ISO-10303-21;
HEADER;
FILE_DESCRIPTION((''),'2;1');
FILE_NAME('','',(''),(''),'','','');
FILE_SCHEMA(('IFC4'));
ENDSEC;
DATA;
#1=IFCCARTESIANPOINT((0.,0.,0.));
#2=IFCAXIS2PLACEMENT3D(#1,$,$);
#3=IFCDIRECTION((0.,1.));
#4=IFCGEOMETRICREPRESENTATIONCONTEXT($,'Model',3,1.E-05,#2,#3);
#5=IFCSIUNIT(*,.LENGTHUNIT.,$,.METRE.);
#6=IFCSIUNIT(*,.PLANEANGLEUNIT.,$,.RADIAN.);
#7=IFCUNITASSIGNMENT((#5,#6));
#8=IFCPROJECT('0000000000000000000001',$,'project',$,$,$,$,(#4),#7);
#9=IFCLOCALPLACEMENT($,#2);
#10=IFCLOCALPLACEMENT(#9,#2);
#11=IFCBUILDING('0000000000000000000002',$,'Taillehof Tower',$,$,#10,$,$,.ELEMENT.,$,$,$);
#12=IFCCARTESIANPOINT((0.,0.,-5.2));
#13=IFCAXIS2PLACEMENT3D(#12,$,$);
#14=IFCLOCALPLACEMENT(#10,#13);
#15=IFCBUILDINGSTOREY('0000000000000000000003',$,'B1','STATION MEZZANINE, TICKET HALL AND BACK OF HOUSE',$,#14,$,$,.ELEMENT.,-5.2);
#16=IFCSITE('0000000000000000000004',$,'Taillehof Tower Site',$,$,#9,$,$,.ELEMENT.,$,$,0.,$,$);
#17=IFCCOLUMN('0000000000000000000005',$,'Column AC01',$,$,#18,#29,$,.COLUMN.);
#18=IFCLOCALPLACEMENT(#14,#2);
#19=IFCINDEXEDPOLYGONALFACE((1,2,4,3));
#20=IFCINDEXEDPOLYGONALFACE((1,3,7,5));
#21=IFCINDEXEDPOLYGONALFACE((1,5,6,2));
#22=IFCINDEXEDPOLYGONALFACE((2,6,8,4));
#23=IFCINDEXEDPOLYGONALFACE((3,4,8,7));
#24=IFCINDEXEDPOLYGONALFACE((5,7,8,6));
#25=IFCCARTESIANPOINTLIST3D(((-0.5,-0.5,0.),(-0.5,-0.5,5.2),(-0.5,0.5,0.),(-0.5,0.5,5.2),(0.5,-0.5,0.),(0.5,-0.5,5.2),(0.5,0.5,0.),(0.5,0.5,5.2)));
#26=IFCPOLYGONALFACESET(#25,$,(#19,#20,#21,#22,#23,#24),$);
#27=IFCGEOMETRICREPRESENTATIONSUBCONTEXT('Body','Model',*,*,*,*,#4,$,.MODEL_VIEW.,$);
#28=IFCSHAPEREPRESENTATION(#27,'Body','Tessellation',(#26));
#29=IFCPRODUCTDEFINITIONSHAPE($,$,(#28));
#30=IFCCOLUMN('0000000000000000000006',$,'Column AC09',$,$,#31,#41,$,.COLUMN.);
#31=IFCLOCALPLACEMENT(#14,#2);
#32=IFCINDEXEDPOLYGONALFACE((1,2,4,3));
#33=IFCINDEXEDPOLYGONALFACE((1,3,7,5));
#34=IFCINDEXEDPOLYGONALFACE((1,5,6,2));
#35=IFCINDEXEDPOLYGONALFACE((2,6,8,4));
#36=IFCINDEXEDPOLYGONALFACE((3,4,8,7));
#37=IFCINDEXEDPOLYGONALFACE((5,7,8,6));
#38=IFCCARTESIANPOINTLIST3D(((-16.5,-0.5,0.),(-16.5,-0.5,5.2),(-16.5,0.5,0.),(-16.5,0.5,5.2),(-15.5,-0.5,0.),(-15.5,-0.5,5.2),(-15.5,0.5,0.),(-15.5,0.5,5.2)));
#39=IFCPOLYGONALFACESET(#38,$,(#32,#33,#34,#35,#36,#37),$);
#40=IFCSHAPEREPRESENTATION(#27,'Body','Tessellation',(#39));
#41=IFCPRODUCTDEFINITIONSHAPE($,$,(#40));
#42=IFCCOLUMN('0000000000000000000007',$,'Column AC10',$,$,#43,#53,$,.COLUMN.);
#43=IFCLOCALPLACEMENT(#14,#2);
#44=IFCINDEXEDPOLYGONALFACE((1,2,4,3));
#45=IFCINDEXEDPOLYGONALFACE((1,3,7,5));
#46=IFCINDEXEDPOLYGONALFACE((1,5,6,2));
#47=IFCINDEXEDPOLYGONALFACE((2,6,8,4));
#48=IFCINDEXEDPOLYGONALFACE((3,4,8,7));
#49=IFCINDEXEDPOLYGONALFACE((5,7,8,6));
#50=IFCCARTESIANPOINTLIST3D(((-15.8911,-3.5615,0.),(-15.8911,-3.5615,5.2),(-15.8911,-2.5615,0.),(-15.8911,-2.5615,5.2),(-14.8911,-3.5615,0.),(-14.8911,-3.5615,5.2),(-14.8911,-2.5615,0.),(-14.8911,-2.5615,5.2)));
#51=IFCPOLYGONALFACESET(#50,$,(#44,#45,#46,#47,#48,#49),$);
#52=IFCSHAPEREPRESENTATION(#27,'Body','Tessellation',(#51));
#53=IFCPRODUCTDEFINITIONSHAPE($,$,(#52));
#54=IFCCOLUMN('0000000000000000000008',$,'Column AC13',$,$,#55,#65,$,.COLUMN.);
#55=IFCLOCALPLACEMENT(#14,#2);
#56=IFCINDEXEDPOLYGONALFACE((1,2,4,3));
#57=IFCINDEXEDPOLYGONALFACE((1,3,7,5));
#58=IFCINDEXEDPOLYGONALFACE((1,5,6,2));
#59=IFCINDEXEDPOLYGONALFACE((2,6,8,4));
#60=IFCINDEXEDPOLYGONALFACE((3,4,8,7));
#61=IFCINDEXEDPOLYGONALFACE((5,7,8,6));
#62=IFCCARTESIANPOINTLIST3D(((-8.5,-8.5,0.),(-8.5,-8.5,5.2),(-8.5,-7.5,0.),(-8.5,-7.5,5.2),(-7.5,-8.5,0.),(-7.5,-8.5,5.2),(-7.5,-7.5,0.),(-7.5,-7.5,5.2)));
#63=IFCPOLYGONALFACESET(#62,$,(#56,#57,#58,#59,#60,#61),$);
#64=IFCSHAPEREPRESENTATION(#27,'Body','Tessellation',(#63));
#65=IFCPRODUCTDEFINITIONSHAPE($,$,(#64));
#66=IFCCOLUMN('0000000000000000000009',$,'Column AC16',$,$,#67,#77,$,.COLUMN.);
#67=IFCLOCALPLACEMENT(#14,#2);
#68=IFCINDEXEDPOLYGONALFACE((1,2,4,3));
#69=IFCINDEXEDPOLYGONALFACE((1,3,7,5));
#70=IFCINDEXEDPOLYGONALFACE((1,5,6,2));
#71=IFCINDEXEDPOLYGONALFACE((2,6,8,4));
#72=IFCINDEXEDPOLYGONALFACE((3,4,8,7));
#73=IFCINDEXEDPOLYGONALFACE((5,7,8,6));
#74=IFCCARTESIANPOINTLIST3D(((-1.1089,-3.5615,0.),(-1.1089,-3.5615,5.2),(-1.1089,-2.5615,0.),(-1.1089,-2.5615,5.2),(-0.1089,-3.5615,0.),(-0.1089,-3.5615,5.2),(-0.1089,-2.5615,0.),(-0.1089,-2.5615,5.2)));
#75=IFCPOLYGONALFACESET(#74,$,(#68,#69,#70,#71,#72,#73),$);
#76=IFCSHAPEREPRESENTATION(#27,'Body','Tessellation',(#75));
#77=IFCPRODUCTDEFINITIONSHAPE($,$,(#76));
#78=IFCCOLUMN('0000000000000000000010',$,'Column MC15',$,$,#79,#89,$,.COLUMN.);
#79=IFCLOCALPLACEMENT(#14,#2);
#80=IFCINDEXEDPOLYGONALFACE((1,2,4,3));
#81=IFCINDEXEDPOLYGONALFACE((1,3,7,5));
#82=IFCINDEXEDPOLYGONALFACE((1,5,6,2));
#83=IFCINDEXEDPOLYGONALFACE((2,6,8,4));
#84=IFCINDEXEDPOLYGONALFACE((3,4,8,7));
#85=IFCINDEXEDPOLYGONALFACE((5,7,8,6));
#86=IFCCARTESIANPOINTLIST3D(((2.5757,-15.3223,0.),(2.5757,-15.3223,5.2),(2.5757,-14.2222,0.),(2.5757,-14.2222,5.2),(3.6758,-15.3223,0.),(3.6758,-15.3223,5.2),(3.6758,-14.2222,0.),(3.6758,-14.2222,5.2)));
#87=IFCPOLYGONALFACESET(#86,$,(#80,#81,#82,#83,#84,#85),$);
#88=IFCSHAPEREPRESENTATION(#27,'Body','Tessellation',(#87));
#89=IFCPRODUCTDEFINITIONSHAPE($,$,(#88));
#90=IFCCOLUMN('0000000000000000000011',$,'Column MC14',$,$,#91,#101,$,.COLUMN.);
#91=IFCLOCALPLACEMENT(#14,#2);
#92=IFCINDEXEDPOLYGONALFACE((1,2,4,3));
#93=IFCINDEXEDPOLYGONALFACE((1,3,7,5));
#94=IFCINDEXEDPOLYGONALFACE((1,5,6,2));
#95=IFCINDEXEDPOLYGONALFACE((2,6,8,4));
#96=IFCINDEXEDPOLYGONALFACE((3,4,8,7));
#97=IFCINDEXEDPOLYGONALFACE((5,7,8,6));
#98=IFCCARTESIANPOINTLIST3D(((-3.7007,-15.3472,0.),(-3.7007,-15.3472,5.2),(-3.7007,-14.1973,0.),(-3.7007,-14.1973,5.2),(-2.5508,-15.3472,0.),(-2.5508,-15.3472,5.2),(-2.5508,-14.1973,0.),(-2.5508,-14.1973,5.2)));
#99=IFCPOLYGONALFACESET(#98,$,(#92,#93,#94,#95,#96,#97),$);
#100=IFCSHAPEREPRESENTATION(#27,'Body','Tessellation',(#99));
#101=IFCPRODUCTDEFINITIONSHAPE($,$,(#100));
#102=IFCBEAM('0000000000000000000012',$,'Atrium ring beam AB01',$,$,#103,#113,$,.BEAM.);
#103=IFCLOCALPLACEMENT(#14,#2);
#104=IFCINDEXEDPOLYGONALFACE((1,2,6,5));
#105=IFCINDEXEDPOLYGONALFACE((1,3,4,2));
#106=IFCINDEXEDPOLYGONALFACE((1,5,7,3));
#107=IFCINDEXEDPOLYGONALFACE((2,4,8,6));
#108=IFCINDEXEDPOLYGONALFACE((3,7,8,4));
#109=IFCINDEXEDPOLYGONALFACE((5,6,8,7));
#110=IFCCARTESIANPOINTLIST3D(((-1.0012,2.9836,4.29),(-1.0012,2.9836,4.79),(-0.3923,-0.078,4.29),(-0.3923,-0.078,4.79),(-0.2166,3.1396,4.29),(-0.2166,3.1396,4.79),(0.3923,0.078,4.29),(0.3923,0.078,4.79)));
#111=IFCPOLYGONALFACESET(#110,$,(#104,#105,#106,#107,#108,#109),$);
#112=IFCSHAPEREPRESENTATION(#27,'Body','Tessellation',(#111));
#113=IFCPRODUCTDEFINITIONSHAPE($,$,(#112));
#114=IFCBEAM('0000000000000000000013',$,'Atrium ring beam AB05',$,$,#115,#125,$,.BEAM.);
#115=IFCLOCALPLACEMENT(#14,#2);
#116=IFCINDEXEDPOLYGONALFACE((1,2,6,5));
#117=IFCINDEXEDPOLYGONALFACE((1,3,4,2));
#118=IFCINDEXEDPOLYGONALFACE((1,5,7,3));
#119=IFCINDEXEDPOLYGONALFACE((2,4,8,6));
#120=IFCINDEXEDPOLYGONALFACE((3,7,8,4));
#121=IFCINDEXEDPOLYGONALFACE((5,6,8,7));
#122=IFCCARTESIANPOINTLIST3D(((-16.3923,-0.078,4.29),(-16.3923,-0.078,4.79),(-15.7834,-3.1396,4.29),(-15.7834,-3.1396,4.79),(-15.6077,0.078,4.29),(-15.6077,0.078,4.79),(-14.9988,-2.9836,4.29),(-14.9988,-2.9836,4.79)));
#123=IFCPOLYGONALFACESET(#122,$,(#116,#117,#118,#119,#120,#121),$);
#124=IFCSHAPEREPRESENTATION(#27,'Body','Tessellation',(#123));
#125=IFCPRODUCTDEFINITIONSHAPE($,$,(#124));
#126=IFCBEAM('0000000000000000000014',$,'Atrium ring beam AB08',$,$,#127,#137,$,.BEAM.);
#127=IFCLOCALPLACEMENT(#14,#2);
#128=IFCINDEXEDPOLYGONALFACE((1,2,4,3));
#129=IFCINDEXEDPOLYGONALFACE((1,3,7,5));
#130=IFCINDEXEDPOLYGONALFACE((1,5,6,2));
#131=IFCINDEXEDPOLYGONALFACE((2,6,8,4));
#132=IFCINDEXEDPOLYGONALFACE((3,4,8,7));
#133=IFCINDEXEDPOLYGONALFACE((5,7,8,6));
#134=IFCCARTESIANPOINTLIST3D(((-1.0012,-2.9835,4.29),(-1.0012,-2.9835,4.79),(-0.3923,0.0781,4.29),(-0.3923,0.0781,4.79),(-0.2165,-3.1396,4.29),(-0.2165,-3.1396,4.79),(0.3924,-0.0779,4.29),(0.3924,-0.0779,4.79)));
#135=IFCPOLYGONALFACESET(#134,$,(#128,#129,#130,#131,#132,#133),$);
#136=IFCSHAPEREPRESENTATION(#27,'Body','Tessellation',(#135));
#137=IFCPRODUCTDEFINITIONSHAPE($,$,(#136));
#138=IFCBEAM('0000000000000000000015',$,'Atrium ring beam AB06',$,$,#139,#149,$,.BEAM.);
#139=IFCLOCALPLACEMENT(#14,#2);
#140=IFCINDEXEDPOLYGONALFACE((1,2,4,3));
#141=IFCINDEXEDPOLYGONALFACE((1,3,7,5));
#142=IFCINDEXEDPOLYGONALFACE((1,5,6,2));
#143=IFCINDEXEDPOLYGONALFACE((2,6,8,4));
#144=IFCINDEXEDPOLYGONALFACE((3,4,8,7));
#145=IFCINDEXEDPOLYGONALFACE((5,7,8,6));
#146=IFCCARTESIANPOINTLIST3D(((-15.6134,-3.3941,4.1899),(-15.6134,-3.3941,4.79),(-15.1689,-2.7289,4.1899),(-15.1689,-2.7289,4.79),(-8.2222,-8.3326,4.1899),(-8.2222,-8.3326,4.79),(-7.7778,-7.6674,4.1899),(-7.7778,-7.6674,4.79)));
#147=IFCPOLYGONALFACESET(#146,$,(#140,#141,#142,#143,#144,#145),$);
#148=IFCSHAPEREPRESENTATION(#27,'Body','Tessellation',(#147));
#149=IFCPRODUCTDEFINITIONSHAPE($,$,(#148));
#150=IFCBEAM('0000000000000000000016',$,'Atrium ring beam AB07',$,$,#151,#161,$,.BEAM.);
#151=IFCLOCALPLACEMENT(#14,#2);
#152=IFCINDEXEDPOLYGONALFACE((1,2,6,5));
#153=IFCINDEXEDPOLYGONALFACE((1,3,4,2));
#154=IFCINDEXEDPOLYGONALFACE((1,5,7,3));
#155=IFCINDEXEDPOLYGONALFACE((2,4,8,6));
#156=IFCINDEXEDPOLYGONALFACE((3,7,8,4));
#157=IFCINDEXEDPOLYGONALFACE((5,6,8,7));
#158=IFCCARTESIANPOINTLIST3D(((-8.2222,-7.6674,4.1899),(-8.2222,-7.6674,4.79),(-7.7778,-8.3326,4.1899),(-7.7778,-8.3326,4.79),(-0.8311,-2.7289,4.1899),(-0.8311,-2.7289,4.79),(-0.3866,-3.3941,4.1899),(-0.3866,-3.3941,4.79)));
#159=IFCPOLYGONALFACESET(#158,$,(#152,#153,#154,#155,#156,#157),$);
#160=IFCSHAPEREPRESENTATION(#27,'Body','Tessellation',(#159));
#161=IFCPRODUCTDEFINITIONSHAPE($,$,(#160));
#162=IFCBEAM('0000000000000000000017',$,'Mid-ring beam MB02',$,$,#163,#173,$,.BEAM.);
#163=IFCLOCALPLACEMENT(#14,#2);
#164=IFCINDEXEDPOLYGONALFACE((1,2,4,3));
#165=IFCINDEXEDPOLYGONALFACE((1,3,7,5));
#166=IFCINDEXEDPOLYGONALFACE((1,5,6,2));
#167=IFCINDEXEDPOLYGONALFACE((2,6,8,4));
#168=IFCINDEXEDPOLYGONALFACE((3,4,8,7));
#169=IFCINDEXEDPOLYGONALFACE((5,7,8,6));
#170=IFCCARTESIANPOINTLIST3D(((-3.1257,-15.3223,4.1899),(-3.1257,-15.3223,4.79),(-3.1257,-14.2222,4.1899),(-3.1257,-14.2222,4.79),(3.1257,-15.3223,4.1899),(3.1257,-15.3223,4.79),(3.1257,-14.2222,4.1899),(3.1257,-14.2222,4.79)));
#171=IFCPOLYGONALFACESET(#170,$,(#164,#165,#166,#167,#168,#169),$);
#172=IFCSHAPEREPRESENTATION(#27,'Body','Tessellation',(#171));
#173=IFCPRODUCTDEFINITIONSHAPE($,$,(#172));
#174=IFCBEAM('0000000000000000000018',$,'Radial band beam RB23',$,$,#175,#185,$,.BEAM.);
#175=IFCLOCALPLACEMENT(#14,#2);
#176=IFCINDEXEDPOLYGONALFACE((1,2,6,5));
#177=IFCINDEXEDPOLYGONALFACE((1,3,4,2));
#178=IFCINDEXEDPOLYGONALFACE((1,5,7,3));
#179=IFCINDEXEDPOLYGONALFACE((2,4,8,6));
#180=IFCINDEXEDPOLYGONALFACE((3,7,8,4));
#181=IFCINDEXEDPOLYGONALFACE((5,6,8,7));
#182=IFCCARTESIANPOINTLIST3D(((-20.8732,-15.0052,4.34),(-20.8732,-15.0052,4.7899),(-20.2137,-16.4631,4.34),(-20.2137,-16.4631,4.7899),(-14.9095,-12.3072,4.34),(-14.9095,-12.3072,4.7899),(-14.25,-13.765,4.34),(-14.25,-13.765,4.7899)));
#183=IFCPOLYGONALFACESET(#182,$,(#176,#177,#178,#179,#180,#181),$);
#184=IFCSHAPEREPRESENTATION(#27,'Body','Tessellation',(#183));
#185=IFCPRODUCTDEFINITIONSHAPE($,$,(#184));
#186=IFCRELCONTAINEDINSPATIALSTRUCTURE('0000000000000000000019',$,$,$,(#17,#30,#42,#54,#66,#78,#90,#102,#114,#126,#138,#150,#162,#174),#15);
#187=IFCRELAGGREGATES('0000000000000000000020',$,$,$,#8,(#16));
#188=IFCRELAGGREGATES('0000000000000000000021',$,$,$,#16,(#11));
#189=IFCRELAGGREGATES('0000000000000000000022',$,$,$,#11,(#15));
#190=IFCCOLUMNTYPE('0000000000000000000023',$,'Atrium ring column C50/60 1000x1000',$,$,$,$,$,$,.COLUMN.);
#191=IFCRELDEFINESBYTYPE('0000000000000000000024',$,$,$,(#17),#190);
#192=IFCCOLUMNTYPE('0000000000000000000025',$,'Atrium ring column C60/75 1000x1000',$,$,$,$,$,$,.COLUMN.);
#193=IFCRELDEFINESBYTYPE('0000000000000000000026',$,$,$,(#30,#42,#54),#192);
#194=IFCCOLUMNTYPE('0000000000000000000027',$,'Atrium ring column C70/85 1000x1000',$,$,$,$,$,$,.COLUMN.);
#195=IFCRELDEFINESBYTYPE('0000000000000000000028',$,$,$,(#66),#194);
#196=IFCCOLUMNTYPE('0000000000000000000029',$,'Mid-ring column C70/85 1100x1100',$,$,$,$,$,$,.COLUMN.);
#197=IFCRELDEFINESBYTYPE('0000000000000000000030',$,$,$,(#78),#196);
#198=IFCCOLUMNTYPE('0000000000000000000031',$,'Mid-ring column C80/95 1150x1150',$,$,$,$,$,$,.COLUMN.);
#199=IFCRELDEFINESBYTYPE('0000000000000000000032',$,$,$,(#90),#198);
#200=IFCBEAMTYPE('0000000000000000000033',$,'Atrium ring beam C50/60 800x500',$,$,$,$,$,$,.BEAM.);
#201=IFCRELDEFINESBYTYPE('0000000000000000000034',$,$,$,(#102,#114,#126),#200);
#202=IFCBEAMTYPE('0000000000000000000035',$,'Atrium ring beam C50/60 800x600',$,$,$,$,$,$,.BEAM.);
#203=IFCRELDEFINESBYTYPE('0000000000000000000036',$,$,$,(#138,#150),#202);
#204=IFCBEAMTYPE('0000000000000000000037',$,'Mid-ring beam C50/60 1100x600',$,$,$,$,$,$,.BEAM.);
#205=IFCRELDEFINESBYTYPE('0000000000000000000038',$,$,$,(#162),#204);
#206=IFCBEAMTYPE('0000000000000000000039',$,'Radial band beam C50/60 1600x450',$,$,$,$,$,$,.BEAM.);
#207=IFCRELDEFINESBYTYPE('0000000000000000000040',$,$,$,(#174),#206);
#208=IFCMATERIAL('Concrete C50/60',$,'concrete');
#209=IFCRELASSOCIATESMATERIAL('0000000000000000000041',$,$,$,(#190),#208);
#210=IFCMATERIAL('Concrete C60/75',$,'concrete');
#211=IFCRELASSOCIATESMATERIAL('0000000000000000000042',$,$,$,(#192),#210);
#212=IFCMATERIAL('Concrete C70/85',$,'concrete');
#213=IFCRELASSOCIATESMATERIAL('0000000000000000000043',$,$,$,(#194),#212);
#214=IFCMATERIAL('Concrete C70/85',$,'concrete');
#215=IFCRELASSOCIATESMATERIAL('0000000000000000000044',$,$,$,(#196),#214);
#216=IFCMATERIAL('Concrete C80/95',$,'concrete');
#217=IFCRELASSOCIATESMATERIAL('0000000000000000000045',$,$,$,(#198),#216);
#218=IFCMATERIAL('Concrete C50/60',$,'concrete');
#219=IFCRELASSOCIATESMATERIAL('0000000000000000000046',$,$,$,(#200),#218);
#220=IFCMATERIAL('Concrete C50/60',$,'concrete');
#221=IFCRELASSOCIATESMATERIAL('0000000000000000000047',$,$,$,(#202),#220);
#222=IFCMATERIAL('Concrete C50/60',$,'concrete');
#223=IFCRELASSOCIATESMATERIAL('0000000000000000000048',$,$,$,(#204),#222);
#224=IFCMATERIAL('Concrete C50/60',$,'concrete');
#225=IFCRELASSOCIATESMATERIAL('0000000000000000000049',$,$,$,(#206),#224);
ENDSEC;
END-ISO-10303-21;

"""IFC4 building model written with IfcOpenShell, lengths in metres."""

from ifc_helpers import new_model, si_unit, direction, frame, origin, origin_with_axes, origin_2d, place, context, subcontext, project, spatial, rectangle, extrude, material, material_profile, profile_set, type_object, element, save


model = new_model("IFC4")

# Units and contexts
model_context = context("Model", 3, precision=1e-05, world=origin(), true_north=direction((0.0, 1.0)))
body_context = subcontext(model_context, "Body", "Model", "MODEL_VIEW")
ifc_project = project(units=[si_unit("LENGTHUNIT", "METRE"), si_unit("PLANEANGLEUNIT", "RADIAN")], contexts=[model_context])

# Site, building, storey
site_placement = place(None, origin())
site = spatial("IfcSite", under=ifc_project, at=site_placement, Name="Taillehof Tower Site", CompositionType="ELEMENT", RefElevation=0.0)
building_placement = place(site_placement, origin())
building = spatial("IfcBuilding", under=site, at=building_placement, Name="Taillehof Tower", CompositionType="ELEMENT")
storey_placement = place(building_placement, frame((0.0, 0.0, -5.2)))
storey = spatial("IfcBuildingStorey", under=building, at=storey_placement, Name="B1", Description="STATION MEZZANINE, TICKET HALL AND BACK OF HOUSE", CompositionType="ELEMENT", Elevation=-5.2)

# Columns
ifc_material_1 = material(Name="Concrete C50/60", Category="concrete")
ifc_material_profile_1 = material_profile(ifc_material_1, rectangle(XDim=1.0, YDim=1.0, at=origin_2d()), Name="RC 1000x1000")
ifc_profile_set_1 = profile_set([ifc_material_profile_1], Name="Concrete C50/60")
column_type_1 = type_object("IfcColumnType", Name="Atrium ring column C50/60 1000x1000", PredefinedType="COLUMN", material=ifc_profile_set_1)
column_1_placement = place(storey_placement, origin_with_axes())
element("IfcColumn", 1, at=column_1_placement, inside=storey, type_object=column_type_1, Name="Column AC01", PredefinedType="COLUMN", context=body_context, shape_type="SweptSolid", body=[
    extrude(rectangle(XDim=1.0, YDim=1.0, at=origin_2d()), origin(), (0.0, 0.0, 1.0), 5.2),
])
ifc_material_2 = material(Name="Concrete C60/75", Category="concrete")
ifc_material_profile_2 = material_profile(ifc_material_2, rectangle(XDim=1.0, YDim=1.0, at=origin_2d()), Name="RC 1000x1000")
ifc_profile_set_2 = profile_set([ifc_material_profile_2], Name="Concrete C60/75")
column_type_2 = type_object("IfcColumnType", Name="Atrium ring column C60/75 1000x1000", PredefinedType="COLUMN", material=ifc_profile_set_2)
for number, where, z_axis, x_axis, name in (
    (2, (-16.0, 0.0, 0.0), (0.0, 0.0, 1.0), (1.0, 0.0, 0.0), "Column AC09"),
    (3, (-15.3911, -3.0615, 0.0), (0.0, 0.0, 1.0), (1.0, 0.0, 0.0), "Column AC10"),
    (4, (-8.0, -8.0, 0.0), (0.0, 0.0, 1.0), (1.0, 0.0, 0.0), "Column AC13"),
):
    element("IfcColumn", number, at=place(storey_placement, frame(where, z_axis=z_axis, x_axis=x_axis)), inside=storey, type_object=column_type_2, Name=name, PredefinedType="COLUMN", context=body_context, shape_type="SweptSolid", body=[
        extrude(rectangle(XDim=1.0, YDim=1.0, at=origin_2d()), origin(), (0.0, 0.0, 1.0), 5.2),
    ])
ifc_material_3 = material(Name="Concrete C70/85", Category="concrete")
ifc_material_profile_3 = material_profile(ifc_material_3, rectangle(XDim=1.0, YDim=1.0, at=origin_2d()), Name="RC 1000x1000")
ifc_profile_set_3 = profile_set([ifc_material_profile_3], Name="Concrete C70/85")
column_type_3 = type_object("IfcColumnType", Name="Atrium ring column C70/85 1000x1000", PredefinedType="COLUMN", material=ifc_profile_set_3)
column_2_placement = place(storey_placement, frame((-0.6089, -3.0615, 0.0), z_axis=(0.0, 0.0, 1.0), x_axis=(1.0, 0.0, 0.0)))
element("IfcColumn", 5, at=column_2_placement, inside=storey, type_object=column_type_3, Name="Column AC16", PredefinedType="COLUMN", context=body_context, shape_type="SweptSolid", body=[
    extrude(rectangle(XDim=1.0, YDim=1.0, at=origin_2d()), origin(), (0.0, 0.0, 1.0), 5.2),
])
ifc_material_4 = material(Name="Concrete C70/85", Category="concrete")
ifc_material_profile_4 = material_profile(ifc_material_4, rectangle(XDim=1.1001, YDim=1.1001, at=origin_2d()), Name="RC 1100x1100")
ifc_profile_set_4 = profile_set([ifc_material_profile_4], Name="Concrete C70/85")
column_type_4 = type_object("IfcColumnType", Name="Mid-ring column C70/85 1100x1100", PredefinedType="COLUMN", material=ifc_profile_set_4)
column_3_placement = place(storey_placement, frame((3.1257, -14.7722, 0.0), z_axis=(0.0, 0.0, 1.0), x_axis=(1.0, 0.0, 0.0)))
element("IfcColumn", 6, at=column_3_placement, inside=storey, type_object=column_type_4, Name="Column MC15", PredefinedType="COLUMN", context=body_context, shape_type="SweptSolid", body=[
    extrude(rectangle(XDim=1.1001, YDim=1.1001, at=origin_2d()), origin(), (0.0, 0.0, 1.0), 5.2),
])
ifc_material_5 = material(Name="Concrete C80/95", Category="concrete")
ifc_material_profile_5 = material_profile(ifc_material_5, rectangle(XDim=1.1499, YDim=1.1499, at=origin_2d()), Name="RC 1150x1150")
ifc_profile_set_5 = profile_set([ifc_material_profile_5], Name="Concrete C80/95")
column_type_5 = type_object("IfcColumnType", Name="Mid-ring column C80/95 1150x1150", PredefinedType="COLUMN", material=ifc_profile_set_5)
column_4_placement = place(storey_placement, frame((-3.1257, -14.7722, 0.0), z_axis=(0.0, 0.0, 1.0), x_axis=(1.0, 0.0, 0.0)))
element("IfcColumn", 7, at=column_4_placement, inside=storey, type_object=column_type_5, Name="Column MC14", PredefinedType="COLUMN", context=body_context, shape_type="SweptSolid", body=[
    extrude(rectangle(XDim=1.1499, YDim=1.1499, at=origin_2d()), origin(), (0.0, 0.0, 1.0), 5.2),
])

# Beams
ifc_material_6 = material(Name="Concrete C50/60", Category="concrete")
ifc_material_profile_6 = material_profile(ifc_material_6, rectangle(XDim=0.8, YDim=0.5, at=origin_2d()), Name="RC 800x500")
ifc_profile_set_6 = profile_set([ifc_material_profile_6], Name="Concrete C50/60")
beam_type_1 = type_object("IfcBeamType", Name="Atrium ring beam C50/60 800x500", PredefinedType="BEAM", material=ifc_profile_set_6)
for number, where, z_axis, x_axis, name in (
    (8, (0.0, 0.0, 4.54), (-0.195063, 0.980791, 0.0), (-0.980791, -0.195063, 0.0), "Atrium ring beam AB01"),
    (9, (-16.0, 0.0, 4.54), (0.195063, -0.980791, 0.0), (0.980791, 0.195063, 0.0), "Atrium ring beam AB05"),
    (10, (-0.6089, -3.0615, 4.54), (0.195063, 0.980791, 0.0), (-0.980791, 0.195063, 0.0), "Atrium ring beam AB08"),
):
    element("IfcBeam", number, at=place(storey_placement, frame(where, z_axis=z_axis, x_axis=x_axis)), inside=storey, type_object=beam_type_1, Name=name, PredefinedType="BEAM", context=body_context, shape_type="SweptSolid", body=[
        extrude(rectangle(XDim=0.8, YDim=0.5, at=origin_2d()), origin(), (0.0, 0.0, 1.0), 3.1216),
    ])
ifc_material_7 = material(Name="Concrete C50/60", Category="concrete")
ifc_material_profile_7 = material_profile(ifc_material_7, rectangle(XDim=0.8, YDim=0.6001, at=origin_2d()), Name="RC 800x600")
ifc_profile_set_7 = profile_set([ifc_material_profile_7], Name="Concrete C50/60")
beam_type_2 = type_object("IfcBeamType", Name="Atrium ring beam C50/60 800x600", PredefinedType="BEAM", material=ifc_profile_set_7)
for number, where, z_axis, x_axis, name in (
    (11, (-15.3911, -3.0615, 4.49), (0.831475, -0.555562, 0.0), (0.555562, 0.831475, 0.0), "Atrium ring beam AB06"),
    (12, (-8.0, -8.0, 4.49), (0.831475, 0.555562, 0.0), (-0.555562, 0.831475, 0.0), "Atrium ring beam AB07"),
):
    element("IfcBeam", number, at=place(storey_placement, frame(where, z_axis=z_axis, x_axis=x_axis)), inside=storey, type_object=beam_type_2, Name=name, PredefinedType="BEAM", context=body_context, shape_type="SweptSolid", body=[
        extrude(rectangle(XDim=0.8, YDim=0.6001, at=origin_2d()), origin(), (0.0, 0.0, 1.0), 8.8892),
    ])
ifc_material_8 = material(Name="Concrete C50/60", Category="concrete")
ifc_material_profile_8 = material_profile(ifc_material_8, rectangle(XDim=1.1001, YDim=0.6001, at=origin_2d()), Name="RC 1100x600")
ifc_profile_set_8 = profile_set([ifc_material_profile_8], Name="Concrete C50/60")
beam_type_3 = type_object("IfcBeamType", Name="Mid-ring beam C50/60 1100x600", PredefinedType="BEAM", material=ifc_profile_set_8)
beam_1_placement = place(storey_placement, frame((-3.1257, -14.7722, 4.49), z_axis=(1.0, 0.0, 0.0), x_axis=(0.0, 1.0, 0.0)))
element("IfcBeam", 13, at=beam_1_placement, inside=storey, type_object=beam_type_3, Name="Mid-ring beam MB02", PredefinedType="BEAM", context=body_context, shape_type="SweptSolid", body=[
    extrude(rectangle(XDim=1.1001, YDim=0.6001, at=origin_2d()), origin(), (0.0, 0.0, 1.0), 6.2515),
])
ifc_material_9 = material(Name="Concrete C50/60", Category="concrete")
ifc_material_profile_9 = material_profile(ifc_material_9, rectangle(XDim=1.6001, YDim=0.45, at=origin_2d()), Name="RC 1600x450")
ifc_profile_set_9 = profile_set([ifc_material_profile_9], Name="Concrete C50/60")
beam_type_4 = type_object("IfcBeamType", Name="Radial band beam C50/60 1600x450", PredefinedType="BEAM", material=ifc_profile_set_9)
beam_2_placement = place(storey_placement, frame((-20.5435, -15.7341, 4.5649), z_axis=(0.911098, 0.412189, 0.0), x_axis=(-0.412189, 0.911098, 0.0)))
element("IfcBeam", 14, at=beam_2_placement, inside=storey, type_object=beam_type_4, Name="Radial band beam RB23", PredefinedType="BEAM", context=body_context, shape_type="SweptSolid", body=[
    extrude(rectangle(XDim=1.6001, YDim=0.45, at=origin_2d()), origin(), (0.0, 0.0, 1.0), 6.5457),
])

save(model, "model.ifc")
